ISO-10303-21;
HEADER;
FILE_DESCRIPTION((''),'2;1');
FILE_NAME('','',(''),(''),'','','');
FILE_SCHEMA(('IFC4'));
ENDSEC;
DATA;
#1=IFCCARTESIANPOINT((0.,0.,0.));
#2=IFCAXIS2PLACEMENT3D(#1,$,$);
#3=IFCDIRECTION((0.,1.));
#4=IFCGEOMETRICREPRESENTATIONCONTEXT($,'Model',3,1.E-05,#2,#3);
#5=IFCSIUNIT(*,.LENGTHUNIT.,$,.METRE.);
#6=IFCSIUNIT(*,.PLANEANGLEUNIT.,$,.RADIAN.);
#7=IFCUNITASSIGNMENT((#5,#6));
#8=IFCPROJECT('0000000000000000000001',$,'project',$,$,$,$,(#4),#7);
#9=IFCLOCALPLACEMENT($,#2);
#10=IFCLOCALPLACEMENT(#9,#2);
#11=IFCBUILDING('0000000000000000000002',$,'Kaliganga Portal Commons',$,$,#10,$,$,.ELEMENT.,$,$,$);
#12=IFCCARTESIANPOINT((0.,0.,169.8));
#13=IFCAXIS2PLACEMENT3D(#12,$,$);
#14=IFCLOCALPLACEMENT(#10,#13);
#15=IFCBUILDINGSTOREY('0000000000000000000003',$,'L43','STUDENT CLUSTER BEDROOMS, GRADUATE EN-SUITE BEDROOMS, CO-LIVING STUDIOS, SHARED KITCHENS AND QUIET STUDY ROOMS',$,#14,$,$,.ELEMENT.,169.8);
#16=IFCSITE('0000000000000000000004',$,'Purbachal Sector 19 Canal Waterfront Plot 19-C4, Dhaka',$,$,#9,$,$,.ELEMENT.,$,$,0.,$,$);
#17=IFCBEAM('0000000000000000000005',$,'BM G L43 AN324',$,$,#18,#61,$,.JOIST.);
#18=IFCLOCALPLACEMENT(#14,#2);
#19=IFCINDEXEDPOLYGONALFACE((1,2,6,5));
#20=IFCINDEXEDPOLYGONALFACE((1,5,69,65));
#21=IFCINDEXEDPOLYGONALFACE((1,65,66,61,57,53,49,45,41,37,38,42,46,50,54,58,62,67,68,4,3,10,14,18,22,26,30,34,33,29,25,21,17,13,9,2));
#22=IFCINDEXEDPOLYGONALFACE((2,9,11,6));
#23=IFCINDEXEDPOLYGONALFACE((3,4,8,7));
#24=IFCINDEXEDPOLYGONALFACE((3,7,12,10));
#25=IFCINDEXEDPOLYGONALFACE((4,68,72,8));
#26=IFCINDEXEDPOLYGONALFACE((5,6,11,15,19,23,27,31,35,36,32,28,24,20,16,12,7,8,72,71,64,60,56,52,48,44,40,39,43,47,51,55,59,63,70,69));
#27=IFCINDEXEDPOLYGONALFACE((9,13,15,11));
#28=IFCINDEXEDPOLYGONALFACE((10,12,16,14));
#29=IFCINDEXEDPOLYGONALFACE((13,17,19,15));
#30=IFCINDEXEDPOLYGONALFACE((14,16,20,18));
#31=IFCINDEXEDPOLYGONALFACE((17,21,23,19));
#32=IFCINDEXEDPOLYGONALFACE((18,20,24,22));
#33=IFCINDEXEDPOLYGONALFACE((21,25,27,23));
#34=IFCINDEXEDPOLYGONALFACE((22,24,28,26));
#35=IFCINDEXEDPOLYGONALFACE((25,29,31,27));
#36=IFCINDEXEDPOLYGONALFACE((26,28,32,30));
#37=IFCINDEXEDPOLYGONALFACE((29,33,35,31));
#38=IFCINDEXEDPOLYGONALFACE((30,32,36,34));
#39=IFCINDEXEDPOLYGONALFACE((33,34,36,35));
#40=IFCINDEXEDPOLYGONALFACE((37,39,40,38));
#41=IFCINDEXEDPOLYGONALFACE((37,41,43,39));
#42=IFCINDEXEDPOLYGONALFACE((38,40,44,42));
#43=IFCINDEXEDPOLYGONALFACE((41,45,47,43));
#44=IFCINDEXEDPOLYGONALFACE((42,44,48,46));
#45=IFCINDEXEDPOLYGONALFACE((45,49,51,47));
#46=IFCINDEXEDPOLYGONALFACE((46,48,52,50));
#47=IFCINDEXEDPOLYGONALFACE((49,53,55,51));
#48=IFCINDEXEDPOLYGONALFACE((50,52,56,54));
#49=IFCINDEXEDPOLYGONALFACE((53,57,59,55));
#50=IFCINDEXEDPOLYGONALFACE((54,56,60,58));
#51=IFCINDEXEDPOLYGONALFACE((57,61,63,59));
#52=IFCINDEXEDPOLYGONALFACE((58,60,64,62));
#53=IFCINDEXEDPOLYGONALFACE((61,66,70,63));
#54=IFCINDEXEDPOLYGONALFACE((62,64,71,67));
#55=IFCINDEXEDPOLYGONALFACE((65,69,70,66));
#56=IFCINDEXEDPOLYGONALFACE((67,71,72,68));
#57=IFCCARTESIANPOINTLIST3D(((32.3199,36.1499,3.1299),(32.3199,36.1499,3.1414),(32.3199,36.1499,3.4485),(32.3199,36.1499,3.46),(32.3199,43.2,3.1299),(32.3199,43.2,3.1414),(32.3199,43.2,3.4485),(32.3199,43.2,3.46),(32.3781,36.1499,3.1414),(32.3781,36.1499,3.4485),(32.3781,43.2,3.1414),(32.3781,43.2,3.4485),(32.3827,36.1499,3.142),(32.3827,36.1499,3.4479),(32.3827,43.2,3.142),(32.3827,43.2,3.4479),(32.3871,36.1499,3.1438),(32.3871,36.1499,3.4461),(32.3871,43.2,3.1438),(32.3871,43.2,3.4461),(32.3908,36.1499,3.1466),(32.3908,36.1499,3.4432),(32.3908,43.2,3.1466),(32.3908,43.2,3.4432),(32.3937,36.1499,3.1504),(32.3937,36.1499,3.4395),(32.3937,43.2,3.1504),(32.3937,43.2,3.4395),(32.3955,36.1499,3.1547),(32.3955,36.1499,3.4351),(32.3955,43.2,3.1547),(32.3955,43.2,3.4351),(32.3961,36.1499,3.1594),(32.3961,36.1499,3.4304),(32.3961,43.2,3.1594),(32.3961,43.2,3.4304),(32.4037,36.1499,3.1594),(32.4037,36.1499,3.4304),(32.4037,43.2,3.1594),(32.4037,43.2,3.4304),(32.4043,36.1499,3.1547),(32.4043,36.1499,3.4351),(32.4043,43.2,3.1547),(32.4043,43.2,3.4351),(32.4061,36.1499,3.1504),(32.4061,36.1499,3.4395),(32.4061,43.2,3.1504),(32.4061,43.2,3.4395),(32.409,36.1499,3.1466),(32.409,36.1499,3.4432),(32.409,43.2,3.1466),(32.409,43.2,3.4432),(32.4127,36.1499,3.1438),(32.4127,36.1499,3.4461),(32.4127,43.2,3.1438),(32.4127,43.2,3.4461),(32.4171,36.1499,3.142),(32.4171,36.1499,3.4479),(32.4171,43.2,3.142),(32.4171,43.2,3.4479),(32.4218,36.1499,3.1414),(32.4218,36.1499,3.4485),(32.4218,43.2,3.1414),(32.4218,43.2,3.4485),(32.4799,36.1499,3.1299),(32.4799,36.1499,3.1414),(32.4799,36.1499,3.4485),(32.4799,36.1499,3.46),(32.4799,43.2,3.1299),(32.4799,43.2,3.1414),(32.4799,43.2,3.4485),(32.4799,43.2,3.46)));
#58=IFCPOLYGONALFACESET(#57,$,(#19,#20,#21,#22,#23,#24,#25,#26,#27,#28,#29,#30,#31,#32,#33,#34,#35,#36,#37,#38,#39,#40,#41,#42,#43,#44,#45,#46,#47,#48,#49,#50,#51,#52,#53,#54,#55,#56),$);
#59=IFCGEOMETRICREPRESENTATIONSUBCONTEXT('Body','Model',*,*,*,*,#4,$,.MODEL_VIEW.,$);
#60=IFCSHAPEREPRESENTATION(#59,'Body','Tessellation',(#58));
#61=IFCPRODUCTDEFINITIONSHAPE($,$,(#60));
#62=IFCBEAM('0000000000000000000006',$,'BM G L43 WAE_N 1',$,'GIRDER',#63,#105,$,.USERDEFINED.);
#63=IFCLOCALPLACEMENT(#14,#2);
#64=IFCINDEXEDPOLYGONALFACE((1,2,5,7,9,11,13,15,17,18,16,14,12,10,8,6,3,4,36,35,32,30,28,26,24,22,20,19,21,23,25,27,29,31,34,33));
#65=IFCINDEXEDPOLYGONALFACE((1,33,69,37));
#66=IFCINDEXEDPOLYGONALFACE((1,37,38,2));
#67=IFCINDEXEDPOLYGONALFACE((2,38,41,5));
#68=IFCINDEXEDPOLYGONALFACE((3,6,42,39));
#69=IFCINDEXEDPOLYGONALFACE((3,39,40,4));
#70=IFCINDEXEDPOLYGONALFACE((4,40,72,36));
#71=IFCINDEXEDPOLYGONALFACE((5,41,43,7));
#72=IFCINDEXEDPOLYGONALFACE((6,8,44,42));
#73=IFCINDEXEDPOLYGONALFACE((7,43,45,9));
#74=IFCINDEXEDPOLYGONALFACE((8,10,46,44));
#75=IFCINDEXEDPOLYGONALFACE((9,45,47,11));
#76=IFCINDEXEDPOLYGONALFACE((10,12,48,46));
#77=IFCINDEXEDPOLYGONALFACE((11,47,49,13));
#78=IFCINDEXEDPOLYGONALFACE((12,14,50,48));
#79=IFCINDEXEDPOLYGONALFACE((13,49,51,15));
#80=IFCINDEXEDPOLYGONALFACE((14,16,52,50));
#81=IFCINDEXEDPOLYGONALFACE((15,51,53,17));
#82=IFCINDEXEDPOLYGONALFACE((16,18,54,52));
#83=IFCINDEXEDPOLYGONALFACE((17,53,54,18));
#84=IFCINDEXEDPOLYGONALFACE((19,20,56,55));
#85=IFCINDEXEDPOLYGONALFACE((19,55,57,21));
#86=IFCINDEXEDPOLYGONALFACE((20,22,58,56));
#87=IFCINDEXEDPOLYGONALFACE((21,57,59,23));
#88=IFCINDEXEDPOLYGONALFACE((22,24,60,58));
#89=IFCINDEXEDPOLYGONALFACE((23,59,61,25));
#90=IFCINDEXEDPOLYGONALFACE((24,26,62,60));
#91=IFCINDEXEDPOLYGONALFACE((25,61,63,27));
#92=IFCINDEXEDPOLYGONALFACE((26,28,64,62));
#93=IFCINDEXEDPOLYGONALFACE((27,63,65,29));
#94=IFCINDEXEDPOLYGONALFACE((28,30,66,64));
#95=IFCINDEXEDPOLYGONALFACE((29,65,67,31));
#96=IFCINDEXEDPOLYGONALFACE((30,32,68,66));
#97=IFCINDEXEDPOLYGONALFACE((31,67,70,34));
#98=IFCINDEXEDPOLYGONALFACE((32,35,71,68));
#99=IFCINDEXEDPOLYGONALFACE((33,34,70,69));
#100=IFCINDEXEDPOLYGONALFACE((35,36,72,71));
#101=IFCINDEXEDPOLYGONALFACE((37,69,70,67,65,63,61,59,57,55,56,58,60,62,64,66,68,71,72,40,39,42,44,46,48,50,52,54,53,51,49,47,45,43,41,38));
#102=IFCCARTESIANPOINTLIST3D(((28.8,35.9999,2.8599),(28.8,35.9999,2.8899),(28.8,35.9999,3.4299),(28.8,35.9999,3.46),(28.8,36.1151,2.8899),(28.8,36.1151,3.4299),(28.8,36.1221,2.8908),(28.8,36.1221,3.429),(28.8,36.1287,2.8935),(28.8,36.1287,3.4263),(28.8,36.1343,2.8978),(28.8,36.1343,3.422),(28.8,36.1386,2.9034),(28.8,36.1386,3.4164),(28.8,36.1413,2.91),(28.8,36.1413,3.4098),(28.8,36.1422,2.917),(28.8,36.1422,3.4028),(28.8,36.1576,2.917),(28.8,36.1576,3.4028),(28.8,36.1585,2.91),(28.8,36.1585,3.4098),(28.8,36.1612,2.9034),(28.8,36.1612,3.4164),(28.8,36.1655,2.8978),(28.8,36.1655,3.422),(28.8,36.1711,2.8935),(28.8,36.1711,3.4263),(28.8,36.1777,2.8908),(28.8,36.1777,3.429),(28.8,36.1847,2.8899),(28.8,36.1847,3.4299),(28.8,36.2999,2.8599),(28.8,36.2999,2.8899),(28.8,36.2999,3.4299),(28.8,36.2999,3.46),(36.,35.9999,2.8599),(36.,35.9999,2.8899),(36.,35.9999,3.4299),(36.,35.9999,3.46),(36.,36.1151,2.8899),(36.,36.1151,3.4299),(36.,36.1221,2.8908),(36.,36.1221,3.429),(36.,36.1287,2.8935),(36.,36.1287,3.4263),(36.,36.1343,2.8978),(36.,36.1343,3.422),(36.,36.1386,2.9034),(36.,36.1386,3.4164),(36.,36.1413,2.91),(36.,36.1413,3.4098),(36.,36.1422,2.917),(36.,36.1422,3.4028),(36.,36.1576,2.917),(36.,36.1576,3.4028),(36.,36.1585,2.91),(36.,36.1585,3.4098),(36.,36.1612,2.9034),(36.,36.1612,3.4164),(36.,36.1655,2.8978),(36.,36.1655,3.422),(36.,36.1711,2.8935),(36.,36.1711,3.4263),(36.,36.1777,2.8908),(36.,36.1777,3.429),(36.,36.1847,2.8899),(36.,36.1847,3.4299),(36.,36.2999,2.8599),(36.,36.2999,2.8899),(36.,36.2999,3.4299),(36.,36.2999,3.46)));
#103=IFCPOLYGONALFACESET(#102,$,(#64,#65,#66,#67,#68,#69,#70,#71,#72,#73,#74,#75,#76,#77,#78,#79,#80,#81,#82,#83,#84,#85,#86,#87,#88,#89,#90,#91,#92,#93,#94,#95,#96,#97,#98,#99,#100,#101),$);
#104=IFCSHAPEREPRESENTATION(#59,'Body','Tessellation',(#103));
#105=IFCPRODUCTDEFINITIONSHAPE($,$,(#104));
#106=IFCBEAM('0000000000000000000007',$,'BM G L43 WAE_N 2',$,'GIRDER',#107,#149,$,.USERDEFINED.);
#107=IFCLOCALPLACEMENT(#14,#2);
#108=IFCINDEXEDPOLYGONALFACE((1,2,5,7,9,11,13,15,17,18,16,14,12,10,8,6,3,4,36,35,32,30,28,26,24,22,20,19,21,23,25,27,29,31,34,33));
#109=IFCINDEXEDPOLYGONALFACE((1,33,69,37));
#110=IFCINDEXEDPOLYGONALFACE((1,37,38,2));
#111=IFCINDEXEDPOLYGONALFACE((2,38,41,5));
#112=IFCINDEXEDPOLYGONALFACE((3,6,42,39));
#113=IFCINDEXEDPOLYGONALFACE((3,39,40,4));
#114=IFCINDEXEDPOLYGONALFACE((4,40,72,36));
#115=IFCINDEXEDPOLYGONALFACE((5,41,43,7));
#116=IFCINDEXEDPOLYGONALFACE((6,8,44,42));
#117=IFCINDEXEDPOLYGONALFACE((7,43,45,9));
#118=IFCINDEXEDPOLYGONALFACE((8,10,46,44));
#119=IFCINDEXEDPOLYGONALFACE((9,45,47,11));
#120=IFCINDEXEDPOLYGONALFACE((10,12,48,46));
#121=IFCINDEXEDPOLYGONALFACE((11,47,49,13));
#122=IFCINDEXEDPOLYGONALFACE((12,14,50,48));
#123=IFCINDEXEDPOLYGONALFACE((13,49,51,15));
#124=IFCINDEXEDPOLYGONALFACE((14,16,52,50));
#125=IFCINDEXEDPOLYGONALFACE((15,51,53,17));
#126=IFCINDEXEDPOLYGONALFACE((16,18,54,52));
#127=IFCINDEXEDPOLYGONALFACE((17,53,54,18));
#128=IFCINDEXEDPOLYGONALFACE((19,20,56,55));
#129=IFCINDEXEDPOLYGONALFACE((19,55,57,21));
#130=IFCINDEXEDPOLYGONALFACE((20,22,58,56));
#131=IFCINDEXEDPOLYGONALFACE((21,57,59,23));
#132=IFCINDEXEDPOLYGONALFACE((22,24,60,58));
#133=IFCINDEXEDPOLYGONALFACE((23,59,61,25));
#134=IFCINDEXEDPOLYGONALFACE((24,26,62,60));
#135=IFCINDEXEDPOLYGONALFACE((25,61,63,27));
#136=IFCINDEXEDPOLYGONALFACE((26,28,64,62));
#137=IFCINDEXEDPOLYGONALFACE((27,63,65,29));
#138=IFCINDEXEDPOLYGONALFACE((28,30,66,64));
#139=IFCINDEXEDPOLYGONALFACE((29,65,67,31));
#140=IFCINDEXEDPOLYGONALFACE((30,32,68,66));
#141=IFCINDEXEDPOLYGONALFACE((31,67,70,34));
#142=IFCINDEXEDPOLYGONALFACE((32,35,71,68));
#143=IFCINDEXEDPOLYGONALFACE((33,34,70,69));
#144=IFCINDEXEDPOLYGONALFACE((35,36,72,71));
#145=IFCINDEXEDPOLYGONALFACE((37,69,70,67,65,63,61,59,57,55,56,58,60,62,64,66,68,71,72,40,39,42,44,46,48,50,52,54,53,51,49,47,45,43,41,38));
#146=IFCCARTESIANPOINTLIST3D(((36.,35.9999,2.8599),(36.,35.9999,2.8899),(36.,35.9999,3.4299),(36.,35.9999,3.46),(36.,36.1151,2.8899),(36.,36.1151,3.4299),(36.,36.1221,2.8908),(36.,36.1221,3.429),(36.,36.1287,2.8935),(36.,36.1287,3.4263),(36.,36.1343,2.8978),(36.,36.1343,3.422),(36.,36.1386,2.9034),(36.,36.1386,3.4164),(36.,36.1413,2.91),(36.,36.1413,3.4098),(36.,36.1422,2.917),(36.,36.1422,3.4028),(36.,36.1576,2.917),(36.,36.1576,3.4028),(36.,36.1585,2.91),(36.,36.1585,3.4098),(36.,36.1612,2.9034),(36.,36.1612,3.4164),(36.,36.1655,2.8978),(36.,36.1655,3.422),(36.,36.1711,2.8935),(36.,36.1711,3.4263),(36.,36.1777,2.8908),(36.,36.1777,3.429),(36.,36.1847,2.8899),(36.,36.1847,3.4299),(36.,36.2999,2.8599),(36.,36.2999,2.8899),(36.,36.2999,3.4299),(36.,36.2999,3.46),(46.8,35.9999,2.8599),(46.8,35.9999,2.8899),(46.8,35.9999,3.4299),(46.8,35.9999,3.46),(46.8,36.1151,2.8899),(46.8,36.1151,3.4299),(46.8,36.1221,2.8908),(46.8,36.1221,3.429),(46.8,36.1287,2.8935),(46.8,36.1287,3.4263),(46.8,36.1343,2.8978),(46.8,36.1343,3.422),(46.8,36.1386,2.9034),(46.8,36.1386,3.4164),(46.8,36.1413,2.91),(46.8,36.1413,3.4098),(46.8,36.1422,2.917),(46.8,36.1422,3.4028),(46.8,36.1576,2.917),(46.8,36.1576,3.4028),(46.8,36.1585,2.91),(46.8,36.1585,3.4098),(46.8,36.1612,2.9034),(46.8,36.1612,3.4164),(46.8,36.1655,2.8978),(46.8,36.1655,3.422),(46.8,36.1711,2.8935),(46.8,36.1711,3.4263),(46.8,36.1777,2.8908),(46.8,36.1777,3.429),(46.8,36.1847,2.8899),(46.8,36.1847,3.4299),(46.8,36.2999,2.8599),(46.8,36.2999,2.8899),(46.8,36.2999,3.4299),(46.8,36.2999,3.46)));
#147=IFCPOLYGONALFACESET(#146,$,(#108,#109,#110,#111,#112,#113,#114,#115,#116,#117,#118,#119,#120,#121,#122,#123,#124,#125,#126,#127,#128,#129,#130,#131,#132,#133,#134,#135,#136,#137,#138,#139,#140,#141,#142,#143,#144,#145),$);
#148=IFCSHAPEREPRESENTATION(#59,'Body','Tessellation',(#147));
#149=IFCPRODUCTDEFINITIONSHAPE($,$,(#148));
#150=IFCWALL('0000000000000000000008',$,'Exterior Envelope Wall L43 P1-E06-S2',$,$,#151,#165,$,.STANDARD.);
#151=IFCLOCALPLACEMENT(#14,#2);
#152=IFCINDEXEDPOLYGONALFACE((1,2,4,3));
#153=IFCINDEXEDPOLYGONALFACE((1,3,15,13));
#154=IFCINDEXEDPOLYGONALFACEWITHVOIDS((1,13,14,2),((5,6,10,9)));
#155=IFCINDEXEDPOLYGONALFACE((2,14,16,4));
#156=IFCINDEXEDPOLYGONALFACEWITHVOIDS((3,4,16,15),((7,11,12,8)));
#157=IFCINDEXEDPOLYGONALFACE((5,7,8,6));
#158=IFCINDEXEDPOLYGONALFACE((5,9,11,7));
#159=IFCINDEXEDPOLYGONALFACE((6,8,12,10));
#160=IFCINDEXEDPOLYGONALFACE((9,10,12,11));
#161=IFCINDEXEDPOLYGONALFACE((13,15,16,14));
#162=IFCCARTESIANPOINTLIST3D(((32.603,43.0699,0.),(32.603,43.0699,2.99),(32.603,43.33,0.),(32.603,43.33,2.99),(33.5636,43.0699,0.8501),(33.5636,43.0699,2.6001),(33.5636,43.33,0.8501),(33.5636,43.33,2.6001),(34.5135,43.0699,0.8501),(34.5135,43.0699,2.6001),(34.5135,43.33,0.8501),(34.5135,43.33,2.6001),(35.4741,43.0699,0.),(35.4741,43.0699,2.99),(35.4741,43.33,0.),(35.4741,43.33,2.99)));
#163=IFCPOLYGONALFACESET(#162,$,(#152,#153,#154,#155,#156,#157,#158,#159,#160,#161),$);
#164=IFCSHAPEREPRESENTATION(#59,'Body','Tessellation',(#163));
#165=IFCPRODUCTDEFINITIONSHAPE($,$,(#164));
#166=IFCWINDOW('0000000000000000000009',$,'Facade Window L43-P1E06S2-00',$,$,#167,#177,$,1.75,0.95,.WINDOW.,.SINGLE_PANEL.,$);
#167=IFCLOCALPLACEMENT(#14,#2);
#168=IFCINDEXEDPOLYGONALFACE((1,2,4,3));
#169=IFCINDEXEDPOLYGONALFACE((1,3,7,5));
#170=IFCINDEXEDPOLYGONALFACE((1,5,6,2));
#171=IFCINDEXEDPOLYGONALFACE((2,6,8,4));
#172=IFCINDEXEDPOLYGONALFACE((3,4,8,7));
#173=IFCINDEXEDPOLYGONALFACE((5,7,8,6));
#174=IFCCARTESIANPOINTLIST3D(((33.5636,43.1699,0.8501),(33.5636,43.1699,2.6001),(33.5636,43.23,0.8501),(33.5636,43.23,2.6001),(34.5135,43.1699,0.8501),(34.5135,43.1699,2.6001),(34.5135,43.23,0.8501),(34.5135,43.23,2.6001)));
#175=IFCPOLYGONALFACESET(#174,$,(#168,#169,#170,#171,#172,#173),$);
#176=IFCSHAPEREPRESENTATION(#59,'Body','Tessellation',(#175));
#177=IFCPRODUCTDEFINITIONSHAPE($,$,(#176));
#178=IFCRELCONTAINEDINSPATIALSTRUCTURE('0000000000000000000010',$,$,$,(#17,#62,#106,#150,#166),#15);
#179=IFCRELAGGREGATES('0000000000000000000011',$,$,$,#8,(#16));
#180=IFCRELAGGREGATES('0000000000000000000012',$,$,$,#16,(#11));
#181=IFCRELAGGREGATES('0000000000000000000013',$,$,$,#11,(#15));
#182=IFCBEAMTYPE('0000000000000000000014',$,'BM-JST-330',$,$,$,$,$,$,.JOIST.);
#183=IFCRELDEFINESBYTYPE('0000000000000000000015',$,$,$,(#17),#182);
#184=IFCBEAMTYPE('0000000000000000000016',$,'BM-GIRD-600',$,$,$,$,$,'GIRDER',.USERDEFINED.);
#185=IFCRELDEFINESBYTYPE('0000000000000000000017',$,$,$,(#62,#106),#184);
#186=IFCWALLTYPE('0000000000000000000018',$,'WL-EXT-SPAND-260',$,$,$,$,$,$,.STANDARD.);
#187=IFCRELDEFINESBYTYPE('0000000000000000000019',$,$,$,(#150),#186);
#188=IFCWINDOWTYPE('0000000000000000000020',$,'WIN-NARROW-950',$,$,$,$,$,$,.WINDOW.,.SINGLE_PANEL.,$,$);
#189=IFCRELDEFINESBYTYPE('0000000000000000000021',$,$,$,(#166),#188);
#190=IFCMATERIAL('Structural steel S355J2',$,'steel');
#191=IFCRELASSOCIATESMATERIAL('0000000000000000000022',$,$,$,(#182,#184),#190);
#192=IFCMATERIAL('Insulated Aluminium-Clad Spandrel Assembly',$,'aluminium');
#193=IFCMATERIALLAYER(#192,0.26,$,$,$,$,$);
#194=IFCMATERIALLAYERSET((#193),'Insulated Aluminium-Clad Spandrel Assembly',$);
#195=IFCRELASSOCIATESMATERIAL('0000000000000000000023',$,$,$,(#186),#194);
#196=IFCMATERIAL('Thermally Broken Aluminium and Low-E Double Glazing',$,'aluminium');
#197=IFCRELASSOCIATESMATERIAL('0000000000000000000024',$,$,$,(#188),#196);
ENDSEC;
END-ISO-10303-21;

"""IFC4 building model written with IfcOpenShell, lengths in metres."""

from ifc_helpers import new_model, si_unit, direction, frame, frame_2d, origin, origin_2d, place, context, subcontext, project, spatial, rectangle, i_section, extrude, source, transform, mapped, material, layer, layer_set, material_profile, profile_set, type_object, element, fill, save


model = new_model("IFC4")

# Units and contexts
model_context = context("Model", 3, precision=1e-05, world=origin(), true_north=direction((0.0, 1.0)))
body_context = subcontext(model_context, "Body", "Model", "MODEL_VIEW")
ifc_project = project(units=[si_unit("LENGTHUNIT", "METRE"), si_unit("PLANEANGLEUNIT", "RADIAN")], contexts=[model_context])

# Site, building, storey
site_placement = place(None, origin())
site = spatial("IfcSite", under=ifc_project, at=site_placement, Name="Purbachal Sector 19 Canal Waterfront Plot 19-C4, Dhaka", CompositionType="ELEMENT", RefElevation=0.0)
building_placement = place(site_placement, origin())
building = spatial("IfcBuilding", under=site, at=building_placement, Name="Kaliganga Portal Commons", CompositionType="ELEMENT")
storey_placement = place(building_placement, frame((0.0, 0.0, 169.8)))
storey = spatial("IfcBuildingStorey", under=building, at=storey_placement, Name="L43", Description="STUDENT CLUSTER BEDROOMS, GRADUATE EN-SUITE BEDROOMS, CO-LIVING STUDIOS, SHARED KITCHENS AND QUIET STUDY ROOMS", CompositionType="ELEMENT", Elevation=169.8)

# Beams
ifc_material_1 = material(Name="Structural steel S355J2", Category="steel")
ifc_material_profile_1 = material_profile(ifc_material_1, i_section(OverallWidth=0.1599, OverallDepth=0.3301, WebThickness=0.0076, FlangeThickness=0.0115, FilletRadius=0.0181, at=origin_2d()), Name="IPE 330")
ifc_profile_set_1 = profile_set([ifc_material_profile_1], Name="Structural steel S355J2 wide-flange")
beam_type_1 = type_object("IfcBeamType", Name="BM-JST-330", PredefinedType="JOIST", material=ifc_profile_set_1)
shared_shape_1 = source(origin(), body_context, "Body", "SweptSolid", [
    extrude(i_section(OverallWidth=0.1599, OverallDepth=0.3301, WebThickness=0.0076, FlangeThickness=0.0115, FilletRadius=0.0181, at=origin_2d()), origin(), (0.0, 0.0, 1.0), 7.05),
])
beam_1_placement = place(storey_placement, frame((32.3999, 36.1499, 3.2949), z_axis=(0.0, 1.0, 0.0), x_axis=(-1.0, 0.0, 0.0)))
element("IfcBeam", 1, at=beam_1_placement, inside=storey, type_object=beam_type_1, Name="BM G L43 AN324", PredefinedType="JOIST", context=body_context, shape_type="MappedRepresentation", body=[
    mapped(shared_shape_1, transform((0.0, 0.0, 0.0), x_axis=(1.0, 0.0, 0.0), y_axis=(0.0, 1.0, 0.0), z_axis=(0.0, 0.0, 1.0), scale=1.0)),
])
ifc_material_profile_2 = material_profile(ifc_material_1, i_section(OverallWidth=0.3, OverallDepth=0.6001, WebThickness=0.0154, FlangeThickness=0.03, FilletRadius=0.0271, at=origin_2d()), Name="HE 600 B")
ifc_profile_set_2 = profile_set([ifc_material_profile_2], Name="Structural steel S355J2 wide-flange")
beam_type_2 = type_object("IfcBeamType", Name="BM-GIRD-600", ElementType="GIRDER", PredefinedType="USERDEFINED", material=ifc_profile_set_2)
shared_shape_2 = source(origin(), body_context, "Body", "SweptSolid", [
    extrude(i_section(OverallWidth=0.3, OverallDepth=0.6001, WebThickness=0.0154, FlangeThickness=0.03, FilletRadius=0.0271, at=origin_2d()), origin(), (0.0, 0.0, 1.0), 7.2),
])
beam_2_placement = place(storey_placement, frame((28.8, 36.1499, 3.1599), z_axis=(1.0, 0.0, 0.0), x_axis=(0.0, 1.0, 0.0)))
element("IfcBeam", 2, at=beam_2_placement, inside=storey, type_object=beam_type_2, Name="BM G L43 WAE_N 1", ObjectType="GIRDER", PredefinedType="USERDEFINED", context=body_context, shape_type="MappedRepresentation", body=[
    mapped(shared_shape_2, transform((0.0, 0.0, 0.0), x_axis=(1.0, 0.0, 0.0), y_axis=(0.0, 1.0, 0.0), z_axis=(0.0, 0.0, 1.0), scale=1.0)),
])
shared_shape_3 = source(origin(), body_context, "Body", "SweptSolid", [
    extrude(i_section(OverallWidth=0.3, OverallDepth=0.6001, WebThickness=0.0154, FlangeThickness=0.03, FilletRadius=0.0271, at=origin_2d()), origin(), (0.0, 0.0, 1.0), 10.8),
])
beam_3_placement = place(storey_placement, frame((36.0, 36.1499, 3.1599), z_axis=(1.0, 0.0, 0.0), x_axis=(0.0, 1.0, 0.0)))
element("IfcBeam", 3, at=beam_3_placement, inside=storey, type_object=beam_type_2, Name="BM G L43 WAE_N 2", ObjectType="GIRDER", PredefinedType="USERDEFINED", context=body_context, shape_type="MappedRepresentation", body=[
    mapped(shared_shape_3, transform((0.0, 0.0, 0.0), x_axis=(1.0, 0.0, 0.0), y_axis=(0.0, 1.0, 0.0), z_axis=(0.0, 0.0, 1.0), scale=1.0)),
])

# Wall, opening, window
ifc_material_2 = material(Name="Insulated Aluminium-Clad Spandrel Assembly", Category="aluminium")
ifc_layer_1 = layer(ifc_material_2, 0.26)
ifc_layer_set_1 = layer_set([ifc_layer_1], Name="Insulated Aluminium-Clad Spandrel Assembly")
wall_type_1 = type_object("IfcWallType", Name="WL-EXT-SPAND-260", PredefinedType="STANDARD", material=ifc_layer_set_1)
wall_1_placement = place(storey_placement, frame((32.603, 43.2, 0.0), z_axis=(0.0, 0.0, 1.0), x_axis=(1.0, 0.0, 0.0)))
wall_1 = element("IfcWall", 4, at=wall_1_placement, inside=storey, type_object=wall_type_1, Name="Exterior Envelope Wall L43 P1-E06-S2", PredefinedType="STANDARD", context=body_context, shape_type="SweptSolid", body=[
    extrude(rectangle(XDim=2.8711, YDim=0.26, at=frame_2d((1.4355, 0.0))), origin(), (0.0, 0.0, 1.0), 2.99),
])
opening_1_placement = place(wall_1_placement, frame((0.9604, 0.0, 0.8501)))
opening_1 = element("IfcOpeningElement", 5, at=opening_1_placement, cuts=wall_1, PredefinedType="OPENING", context=body_context, shape_type="SweptSolid", body=[
    extrude(rectangle(XDim=0.95, YDim=1.75, at=frame_2d((0.4751, 0.875))), frame((0.0, 0.1401, 0.0), z_axis=(0.0, -1.0, 0.0), x_axis=(1.0, 0.0, 0.0)), (0.0, 0.0, 1.0), 0.28),
])
ifc_material_3 = material(Name="Thermally Broken Aluminium and Low-E Double Glazing", Category="aluminium")
window_type = type_object("IfcWindowType", Name="WIN-NARROW-950", PartitioningType="SINGLE_PANEL", PredefinedType="WINDOW", material=ifc_material_3)
window_1_placement = place(opening_1_placement, origin())
window_1 = element("IfcWindow", 6, at=window_1_placement, inside=storey, type_object=window_type, Name="Facade Window L43-P1E06S2-00", OverallHeight=1.75, OverallWidth=0.95, PartitioningType="SINGLE_PANEL", PredefinedType="WINDOW", context=body_context, shape_type="SweptSolid", body=[
    extrude(rectangle(XDim=0.95, YDim=1.75, at=frame_2d((0.4751, 0.875))), frame((0.0, 0.03, 0.0), z_axis=(0.0, -1.0, 0.0), x_axis=(1.0, 0.0, 0.0)), (0.0, 0.0, 1.0), 0.0601),
])
fill(opening_1, window_1)

save(model, "model.ifc")
